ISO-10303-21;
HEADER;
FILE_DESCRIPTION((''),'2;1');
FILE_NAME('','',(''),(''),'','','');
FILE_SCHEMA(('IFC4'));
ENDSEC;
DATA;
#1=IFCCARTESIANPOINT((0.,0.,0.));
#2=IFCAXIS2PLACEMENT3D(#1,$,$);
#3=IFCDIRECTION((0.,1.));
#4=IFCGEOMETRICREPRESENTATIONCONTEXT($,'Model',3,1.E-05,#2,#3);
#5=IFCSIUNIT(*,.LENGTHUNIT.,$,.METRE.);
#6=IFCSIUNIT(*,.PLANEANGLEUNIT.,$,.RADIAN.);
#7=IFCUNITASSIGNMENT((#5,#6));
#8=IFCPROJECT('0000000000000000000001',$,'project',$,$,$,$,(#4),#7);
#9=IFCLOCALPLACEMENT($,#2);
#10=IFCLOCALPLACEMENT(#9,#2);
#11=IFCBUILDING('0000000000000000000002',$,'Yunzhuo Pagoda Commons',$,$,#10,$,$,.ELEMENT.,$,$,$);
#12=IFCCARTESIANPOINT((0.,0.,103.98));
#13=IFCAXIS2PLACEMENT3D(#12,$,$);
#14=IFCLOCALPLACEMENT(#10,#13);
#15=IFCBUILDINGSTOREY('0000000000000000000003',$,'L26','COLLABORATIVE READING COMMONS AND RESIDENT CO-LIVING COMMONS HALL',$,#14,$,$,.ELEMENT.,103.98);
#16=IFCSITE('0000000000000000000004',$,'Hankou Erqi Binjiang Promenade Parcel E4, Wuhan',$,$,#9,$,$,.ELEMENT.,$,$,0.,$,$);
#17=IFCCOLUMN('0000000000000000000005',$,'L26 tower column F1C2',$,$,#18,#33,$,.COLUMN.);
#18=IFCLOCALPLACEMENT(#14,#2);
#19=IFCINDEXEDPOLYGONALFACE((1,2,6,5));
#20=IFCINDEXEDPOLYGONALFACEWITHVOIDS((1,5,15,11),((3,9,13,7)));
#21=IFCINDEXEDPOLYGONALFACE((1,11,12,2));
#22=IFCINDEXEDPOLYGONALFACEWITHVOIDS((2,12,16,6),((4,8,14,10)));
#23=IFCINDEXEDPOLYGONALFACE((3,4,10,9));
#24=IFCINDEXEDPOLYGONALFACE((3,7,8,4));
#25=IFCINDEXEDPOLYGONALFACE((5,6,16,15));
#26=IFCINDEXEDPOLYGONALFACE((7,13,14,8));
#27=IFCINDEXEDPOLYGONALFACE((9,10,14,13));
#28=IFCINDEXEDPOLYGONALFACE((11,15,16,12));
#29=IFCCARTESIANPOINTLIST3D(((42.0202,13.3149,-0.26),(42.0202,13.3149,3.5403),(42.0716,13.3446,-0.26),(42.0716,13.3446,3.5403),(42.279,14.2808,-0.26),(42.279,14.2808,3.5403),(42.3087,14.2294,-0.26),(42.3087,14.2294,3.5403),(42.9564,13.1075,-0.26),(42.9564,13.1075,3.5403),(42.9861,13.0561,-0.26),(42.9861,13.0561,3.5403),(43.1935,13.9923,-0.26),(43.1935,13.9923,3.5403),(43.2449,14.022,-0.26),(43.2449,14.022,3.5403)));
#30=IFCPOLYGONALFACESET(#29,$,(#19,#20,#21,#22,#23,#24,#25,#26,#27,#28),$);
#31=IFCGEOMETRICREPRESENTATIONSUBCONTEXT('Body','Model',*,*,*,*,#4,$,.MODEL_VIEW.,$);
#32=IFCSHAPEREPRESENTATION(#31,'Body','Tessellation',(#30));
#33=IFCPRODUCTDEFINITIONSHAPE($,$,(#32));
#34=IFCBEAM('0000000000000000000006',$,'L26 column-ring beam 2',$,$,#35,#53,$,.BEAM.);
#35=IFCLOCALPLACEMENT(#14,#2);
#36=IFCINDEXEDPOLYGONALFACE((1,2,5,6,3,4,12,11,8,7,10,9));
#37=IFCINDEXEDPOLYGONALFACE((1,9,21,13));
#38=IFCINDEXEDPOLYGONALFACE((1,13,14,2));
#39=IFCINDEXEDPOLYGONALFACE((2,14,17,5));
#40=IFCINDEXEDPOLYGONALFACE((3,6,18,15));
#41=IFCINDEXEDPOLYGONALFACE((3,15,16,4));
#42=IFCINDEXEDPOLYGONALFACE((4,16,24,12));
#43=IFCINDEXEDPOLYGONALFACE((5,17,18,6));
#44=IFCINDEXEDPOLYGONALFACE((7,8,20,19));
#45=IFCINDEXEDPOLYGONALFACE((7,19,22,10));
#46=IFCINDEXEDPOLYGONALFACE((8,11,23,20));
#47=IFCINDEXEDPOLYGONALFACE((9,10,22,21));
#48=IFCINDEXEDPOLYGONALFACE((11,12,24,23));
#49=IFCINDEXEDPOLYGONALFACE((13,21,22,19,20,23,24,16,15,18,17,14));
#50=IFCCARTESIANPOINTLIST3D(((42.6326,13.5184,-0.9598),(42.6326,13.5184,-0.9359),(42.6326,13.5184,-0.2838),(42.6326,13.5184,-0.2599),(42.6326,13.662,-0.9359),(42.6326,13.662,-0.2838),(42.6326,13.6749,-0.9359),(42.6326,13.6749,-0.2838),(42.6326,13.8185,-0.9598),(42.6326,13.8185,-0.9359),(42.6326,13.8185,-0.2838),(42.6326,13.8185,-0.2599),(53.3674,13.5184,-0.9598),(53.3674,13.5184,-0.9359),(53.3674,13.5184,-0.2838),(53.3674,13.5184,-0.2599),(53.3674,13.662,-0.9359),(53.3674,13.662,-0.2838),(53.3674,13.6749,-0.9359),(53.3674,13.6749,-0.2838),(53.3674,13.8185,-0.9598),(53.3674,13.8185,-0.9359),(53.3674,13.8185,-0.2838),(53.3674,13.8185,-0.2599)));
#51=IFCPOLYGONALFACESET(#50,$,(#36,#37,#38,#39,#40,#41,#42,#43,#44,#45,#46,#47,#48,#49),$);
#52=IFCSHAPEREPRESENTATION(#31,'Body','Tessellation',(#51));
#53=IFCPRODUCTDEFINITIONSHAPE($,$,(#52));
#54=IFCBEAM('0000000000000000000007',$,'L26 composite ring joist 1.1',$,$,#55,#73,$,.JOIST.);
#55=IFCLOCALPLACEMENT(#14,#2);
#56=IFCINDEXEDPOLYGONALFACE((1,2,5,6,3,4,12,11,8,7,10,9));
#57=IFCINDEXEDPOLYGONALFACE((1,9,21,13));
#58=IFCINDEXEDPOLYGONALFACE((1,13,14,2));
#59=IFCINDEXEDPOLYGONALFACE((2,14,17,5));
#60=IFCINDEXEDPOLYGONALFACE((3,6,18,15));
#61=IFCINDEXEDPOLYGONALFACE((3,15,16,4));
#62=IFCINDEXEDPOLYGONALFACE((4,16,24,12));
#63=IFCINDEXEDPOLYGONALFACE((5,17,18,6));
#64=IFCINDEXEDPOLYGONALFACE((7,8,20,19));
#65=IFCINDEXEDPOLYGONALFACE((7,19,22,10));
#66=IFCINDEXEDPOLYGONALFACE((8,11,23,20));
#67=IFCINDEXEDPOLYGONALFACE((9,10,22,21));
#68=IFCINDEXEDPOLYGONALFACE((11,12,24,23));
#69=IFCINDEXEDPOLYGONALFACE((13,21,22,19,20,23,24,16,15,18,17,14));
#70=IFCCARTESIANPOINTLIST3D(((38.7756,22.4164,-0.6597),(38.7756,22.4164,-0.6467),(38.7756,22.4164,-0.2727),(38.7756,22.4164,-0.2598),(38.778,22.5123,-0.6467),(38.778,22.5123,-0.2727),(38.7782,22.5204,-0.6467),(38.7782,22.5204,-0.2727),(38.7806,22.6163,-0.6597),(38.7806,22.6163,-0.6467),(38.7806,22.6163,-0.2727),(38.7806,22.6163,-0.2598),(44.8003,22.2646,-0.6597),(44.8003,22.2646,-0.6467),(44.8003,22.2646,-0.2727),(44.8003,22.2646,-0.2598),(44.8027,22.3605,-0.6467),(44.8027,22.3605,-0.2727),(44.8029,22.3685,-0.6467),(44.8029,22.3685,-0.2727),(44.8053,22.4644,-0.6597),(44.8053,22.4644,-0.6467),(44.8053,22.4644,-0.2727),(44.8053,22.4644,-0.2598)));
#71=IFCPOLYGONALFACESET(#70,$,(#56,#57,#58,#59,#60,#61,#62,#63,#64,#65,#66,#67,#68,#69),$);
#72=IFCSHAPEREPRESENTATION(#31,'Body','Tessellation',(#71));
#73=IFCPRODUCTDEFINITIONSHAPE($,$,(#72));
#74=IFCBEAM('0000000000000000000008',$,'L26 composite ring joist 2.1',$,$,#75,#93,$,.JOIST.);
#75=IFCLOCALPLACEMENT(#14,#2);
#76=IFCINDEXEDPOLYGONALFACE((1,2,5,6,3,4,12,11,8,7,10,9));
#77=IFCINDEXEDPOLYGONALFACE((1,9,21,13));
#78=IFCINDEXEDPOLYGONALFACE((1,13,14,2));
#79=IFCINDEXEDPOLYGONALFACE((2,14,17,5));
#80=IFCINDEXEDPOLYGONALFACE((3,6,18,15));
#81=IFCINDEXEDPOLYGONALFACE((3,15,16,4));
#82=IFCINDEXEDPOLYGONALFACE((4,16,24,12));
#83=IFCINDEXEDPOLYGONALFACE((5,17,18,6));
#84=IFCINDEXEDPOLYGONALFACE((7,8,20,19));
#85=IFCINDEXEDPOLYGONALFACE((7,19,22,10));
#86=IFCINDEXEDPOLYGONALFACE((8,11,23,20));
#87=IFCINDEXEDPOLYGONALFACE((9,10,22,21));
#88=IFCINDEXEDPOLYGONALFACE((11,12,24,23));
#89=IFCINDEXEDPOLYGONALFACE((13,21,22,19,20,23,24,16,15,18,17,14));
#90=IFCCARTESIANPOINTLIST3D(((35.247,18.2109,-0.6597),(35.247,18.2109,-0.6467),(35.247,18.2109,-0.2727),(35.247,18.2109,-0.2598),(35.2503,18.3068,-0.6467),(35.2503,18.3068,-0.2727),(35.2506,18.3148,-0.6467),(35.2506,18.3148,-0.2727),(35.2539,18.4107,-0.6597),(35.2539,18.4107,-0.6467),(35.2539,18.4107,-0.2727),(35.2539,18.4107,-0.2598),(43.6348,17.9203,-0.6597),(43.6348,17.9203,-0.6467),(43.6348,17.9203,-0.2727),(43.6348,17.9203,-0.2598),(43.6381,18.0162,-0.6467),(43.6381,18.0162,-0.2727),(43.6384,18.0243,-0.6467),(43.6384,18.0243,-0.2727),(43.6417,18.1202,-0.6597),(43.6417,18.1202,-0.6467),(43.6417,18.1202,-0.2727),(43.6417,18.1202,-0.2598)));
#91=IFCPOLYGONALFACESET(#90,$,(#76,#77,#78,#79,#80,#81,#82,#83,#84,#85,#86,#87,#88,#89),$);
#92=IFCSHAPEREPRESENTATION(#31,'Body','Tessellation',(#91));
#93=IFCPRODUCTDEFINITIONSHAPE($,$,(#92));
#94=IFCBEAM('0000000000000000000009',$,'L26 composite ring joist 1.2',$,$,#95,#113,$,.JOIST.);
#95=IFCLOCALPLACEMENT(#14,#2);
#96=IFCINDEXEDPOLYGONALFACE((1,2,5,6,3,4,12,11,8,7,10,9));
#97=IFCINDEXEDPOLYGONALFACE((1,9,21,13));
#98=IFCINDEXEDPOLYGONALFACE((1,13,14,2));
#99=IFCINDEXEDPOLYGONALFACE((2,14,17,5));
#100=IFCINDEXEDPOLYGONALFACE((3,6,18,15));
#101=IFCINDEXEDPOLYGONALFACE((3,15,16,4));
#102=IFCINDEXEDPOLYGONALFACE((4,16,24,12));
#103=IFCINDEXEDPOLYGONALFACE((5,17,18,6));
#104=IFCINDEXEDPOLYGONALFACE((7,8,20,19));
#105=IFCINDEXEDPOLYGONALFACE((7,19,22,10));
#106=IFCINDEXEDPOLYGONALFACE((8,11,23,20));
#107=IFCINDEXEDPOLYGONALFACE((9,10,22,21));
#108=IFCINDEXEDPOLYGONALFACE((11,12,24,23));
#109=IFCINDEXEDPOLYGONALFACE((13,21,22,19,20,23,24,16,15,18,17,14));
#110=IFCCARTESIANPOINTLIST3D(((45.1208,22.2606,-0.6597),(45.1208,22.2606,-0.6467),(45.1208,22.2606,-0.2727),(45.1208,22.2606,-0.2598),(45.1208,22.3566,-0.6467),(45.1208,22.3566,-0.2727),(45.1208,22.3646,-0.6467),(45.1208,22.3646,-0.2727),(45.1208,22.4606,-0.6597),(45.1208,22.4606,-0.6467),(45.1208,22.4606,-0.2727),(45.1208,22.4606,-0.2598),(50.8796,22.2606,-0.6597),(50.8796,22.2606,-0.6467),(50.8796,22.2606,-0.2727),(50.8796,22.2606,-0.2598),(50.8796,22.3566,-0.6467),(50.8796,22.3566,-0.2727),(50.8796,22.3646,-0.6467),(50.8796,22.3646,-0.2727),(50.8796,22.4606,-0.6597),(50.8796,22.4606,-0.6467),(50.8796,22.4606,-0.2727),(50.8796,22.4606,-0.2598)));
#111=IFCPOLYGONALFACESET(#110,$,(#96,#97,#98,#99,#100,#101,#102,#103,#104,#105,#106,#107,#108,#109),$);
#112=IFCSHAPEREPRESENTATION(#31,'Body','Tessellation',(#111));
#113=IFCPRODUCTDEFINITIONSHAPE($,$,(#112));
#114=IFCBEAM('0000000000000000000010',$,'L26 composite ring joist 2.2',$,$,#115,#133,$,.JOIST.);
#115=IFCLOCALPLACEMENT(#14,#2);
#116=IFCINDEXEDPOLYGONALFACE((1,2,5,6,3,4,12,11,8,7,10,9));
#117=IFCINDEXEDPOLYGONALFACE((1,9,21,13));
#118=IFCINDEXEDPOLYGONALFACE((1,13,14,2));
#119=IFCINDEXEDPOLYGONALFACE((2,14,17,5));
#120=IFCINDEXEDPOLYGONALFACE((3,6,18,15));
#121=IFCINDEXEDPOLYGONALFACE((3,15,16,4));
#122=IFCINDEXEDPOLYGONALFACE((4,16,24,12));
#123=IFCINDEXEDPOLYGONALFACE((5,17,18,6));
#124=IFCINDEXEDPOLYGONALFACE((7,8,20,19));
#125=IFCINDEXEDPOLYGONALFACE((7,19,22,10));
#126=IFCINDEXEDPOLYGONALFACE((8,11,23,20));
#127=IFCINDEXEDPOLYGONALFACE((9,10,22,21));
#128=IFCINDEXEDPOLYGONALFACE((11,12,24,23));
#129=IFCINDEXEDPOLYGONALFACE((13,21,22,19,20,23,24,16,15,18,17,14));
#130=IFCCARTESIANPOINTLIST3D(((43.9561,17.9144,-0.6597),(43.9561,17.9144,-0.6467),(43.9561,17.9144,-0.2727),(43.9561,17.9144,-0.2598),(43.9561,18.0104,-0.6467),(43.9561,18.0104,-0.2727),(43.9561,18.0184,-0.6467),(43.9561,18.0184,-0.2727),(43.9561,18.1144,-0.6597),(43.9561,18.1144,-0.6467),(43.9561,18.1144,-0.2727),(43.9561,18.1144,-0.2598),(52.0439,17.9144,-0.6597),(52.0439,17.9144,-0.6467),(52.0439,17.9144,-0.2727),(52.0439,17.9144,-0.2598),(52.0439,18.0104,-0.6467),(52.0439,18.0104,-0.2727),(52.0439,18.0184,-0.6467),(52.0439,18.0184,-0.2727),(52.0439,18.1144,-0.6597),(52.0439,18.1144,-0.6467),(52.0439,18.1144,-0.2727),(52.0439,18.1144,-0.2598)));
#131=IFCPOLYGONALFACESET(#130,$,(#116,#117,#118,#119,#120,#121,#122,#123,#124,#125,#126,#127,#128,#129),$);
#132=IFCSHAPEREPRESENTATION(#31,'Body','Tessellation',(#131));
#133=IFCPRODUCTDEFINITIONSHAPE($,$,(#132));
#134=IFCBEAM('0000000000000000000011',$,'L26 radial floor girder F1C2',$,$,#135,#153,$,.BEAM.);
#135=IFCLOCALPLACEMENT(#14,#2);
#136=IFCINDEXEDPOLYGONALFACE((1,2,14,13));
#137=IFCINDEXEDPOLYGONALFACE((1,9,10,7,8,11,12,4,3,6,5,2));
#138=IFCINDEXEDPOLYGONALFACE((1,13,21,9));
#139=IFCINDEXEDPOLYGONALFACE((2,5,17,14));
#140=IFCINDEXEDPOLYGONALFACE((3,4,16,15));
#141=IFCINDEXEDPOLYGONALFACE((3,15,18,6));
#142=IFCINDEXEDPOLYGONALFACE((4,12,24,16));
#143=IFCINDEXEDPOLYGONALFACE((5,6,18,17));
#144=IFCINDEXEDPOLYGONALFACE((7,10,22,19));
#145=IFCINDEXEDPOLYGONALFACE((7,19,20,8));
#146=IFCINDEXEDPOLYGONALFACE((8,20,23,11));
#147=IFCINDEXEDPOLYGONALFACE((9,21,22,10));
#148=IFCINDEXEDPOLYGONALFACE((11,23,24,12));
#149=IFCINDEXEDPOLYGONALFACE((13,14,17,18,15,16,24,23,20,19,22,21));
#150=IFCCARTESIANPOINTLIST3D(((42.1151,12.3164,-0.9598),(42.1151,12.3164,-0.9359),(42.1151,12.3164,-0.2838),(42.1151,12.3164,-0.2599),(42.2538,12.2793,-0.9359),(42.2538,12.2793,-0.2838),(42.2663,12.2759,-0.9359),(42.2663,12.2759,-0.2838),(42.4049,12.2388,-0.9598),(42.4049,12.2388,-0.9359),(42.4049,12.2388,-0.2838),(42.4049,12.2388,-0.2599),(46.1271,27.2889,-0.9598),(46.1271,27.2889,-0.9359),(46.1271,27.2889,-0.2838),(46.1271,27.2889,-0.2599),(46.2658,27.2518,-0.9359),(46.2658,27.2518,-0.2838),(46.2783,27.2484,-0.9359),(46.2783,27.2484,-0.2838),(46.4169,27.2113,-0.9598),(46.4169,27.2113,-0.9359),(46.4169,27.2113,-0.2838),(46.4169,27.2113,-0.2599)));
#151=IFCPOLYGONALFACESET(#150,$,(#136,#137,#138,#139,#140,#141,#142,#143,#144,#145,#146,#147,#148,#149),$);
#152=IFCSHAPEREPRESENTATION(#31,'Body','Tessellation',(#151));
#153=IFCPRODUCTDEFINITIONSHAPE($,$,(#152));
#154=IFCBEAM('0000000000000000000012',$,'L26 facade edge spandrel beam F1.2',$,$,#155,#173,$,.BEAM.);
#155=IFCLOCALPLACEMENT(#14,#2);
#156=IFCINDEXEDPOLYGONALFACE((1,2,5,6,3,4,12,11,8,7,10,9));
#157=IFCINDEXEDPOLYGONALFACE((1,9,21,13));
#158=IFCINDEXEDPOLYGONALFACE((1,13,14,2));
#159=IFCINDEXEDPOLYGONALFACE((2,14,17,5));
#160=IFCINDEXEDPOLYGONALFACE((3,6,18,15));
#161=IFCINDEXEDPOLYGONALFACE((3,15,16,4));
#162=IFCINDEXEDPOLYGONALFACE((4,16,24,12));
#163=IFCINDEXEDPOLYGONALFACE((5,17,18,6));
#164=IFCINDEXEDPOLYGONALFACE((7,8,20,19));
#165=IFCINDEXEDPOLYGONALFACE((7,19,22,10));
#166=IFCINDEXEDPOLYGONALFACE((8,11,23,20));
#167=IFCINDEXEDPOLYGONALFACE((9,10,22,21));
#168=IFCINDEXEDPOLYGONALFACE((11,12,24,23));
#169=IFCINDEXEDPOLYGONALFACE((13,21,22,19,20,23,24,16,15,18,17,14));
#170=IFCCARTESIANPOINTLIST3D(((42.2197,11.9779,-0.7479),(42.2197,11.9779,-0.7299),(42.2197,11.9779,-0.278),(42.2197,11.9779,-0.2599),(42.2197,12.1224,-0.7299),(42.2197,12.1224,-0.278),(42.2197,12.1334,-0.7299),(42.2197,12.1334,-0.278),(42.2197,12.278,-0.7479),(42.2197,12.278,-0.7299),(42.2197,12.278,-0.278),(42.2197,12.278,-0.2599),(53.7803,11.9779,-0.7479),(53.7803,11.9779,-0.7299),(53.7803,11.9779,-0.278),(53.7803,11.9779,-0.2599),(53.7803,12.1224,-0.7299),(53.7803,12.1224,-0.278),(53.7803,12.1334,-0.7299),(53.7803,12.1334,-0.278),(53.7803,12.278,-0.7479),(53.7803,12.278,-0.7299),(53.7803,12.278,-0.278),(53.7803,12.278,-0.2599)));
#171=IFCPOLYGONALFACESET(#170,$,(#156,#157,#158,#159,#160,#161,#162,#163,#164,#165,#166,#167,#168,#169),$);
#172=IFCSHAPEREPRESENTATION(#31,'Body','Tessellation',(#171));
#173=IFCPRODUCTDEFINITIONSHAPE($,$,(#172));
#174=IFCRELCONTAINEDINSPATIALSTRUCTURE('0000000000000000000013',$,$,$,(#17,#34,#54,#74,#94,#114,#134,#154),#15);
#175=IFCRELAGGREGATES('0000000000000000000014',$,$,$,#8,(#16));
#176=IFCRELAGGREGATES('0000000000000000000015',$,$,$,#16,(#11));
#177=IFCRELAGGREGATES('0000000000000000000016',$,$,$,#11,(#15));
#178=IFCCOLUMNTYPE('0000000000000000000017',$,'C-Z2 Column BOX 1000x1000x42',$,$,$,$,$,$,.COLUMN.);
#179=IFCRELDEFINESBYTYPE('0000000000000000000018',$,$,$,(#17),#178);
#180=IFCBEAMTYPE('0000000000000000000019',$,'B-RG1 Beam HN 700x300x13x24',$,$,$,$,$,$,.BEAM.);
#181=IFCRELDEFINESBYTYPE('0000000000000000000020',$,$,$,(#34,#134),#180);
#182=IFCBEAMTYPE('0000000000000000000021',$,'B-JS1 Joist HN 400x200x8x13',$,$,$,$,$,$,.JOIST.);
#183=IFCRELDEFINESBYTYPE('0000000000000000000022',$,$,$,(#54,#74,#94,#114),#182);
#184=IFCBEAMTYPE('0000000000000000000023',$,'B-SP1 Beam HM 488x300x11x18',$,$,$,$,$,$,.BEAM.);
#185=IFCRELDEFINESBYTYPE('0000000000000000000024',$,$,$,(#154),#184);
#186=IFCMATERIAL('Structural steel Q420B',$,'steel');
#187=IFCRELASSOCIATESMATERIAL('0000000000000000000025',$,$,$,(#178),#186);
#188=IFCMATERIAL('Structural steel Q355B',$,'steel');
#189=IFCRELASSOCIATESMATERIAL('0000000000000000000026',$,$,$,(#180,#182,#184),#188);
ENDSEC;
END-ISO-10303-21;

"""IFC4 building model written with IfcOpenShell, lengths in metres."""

from ifc_helpers import new_model, si_unit, direction, frame, origin, origin_2d, place, context, subcontext, project, spatial, hollow_rectangle, i_section, extrude, source, transform, mapped, material, material_profile, profile_set, type_object, element, save


model = new_model("IFC4")

# Units and contexts
model_context = context("Model", 3, precision=1e-05, world=origin(), true_north=direction((0.0, 1.0)))
body_context = subcontext(model_context, "Body", "Model", "MODEL_VIEW")
ifc_project = project(units=[si_unit("LENGTHUNIT", "METRE"), si_unit("PLANEANGLEUNIT", "RADIAN")], contexts=[model_context])

# Site, building, storey
site_placement = place(None, origin())
site = spatial("IfcSite", under=ifc_project, at=site_placement, Name="Hankou Erqi Binjiang Promenade Parcel E4, Wuhan", CompositionType="ELEMENT", RefElevation=0.0)
building_placement = place(site_placement, origin())
building = spatial("IfcBuilding", under=site, at=building_placement, Name="Yunzhuo Pagoda Commons", CompositionType="ELEMENT")
storey_placement = place(building_placement, frame((0.0, 0.0, 103.98)))
storey = spatial("IfcBuildingStorey", under=building, at=storey_placement, Name="L26", Description="COLLABORATIVE READING COMMONS AND RESIDENT CO-LIVING COMMONS HALL", CompositionType="ELEMENT", Elevation=103.98)

# Column
ifc_material_1 = material(Name="Structural steel Q420B", Category="steel")
ifc_material_profile_1 = material_profile(ifc_material_1, hollow_rectangle(XDim=1.0, YDim=1.0, WallThickness=0.042, at=origin_2d()), Name="Structural steel Q420B")
ifc_profile_set_1 = profile_set([ifc_material_profile_1], Name="Structural steel Q420B")
column_type = type_object("IfcColumnType", Name="C-Z2 Column BOX 1000x1000x42", PredefinedType="COLUMN", material=ifc_profile_set_1)
shared_shape_1 = source(origin(), body_context, "Body", "SweptSolid", [
    extrude(hollow_rectangle(XDim=1.0, YDim=1.0, WallThickness=0.042, at=origin_2d()), origin(), (0.0, 0.0, 1.0), 3.8003),
])
column_placement = place(storey_placement, frame((42.6326, 13.6685, -0.26), z_axis=(0.0, 0.0, 1.0), x_axis=(0.965926, -0.258819, 0.0)))
element("IfcColumn", 1, at=column_placement, inside=storey, type_object=column_type, Name="L26 tower column F1C2", PredefinedType="COLUMN", context=body_context, shape_type="MappedRepresentation", body=[
    mapped(shared_shape_1, transform((0.0, 0.0, 0.0), scale=1.0)),
])

# Beams
ifc_material_2 = material(Name="Structural steel Q355B", Category="steel")
ifc_material_profile_2 = material_profile(ifc_material_2, i_section(OverallWidth=0.3, OverallDepth=0.7, WebThickness=0.0129, FlangeThickness=0.0239, at=origin_2d()), Name="Structural steel Q355B")
ifc_profile_set_2 = profile_set([ifc_material_profile_2], Name="Structural steel Q355B")
beam_type_1 = type_object("IfcBeamType", Name="B-RG1 Beam HN 700x300x13x24", PredefinedType="BEAM", material=ifc_profile_set_2)
shared_shape_2 = source(origin(), body_context, "Body", "SweptSolid", [
    extrude(i_section(OverallWidth=0.3, OverallDepth=0.7, WebThickness=0.0129, FlangeThickness=0.0239, at=origin_2d()), origin(), (0.0, 0.0, 1.0), 10.7349),
])
beam_1_placement = place(storey_placement, frame((42.6326, 13.6685, -0.6099), z_axis=(1.0, 0.0, 0.0), x_axis=(0.0, 1.0, 0.0)))
element("IfcBeam", 2, at=beam_1_placement, inside=storey, type_object=beam_type_1, Name="L26 column-ring beam 2", PredefinedType="BEAM", context=body_context, shape_type="MappedRepresentation", body=[
    mapped(shared_shape_2, transform((0.0, 0.0, 0.0), scale=1.0)),
])
ifc_material_profile_3 = material_profile(ifc_material_2, i_section(OverallWidth=0.2, OverallDepth=0.3999, WebThickness=0.0081, FlangeThickness=0.0129, at=origin_2d()), Name="Structural steel Q355B")
ifc_profile_set_3 = profile_set([ifc_material_profile_3], Name="Structural steel Q355B")
beam_type_2 = type_object("IfcBeamType", Name="B-JS1 Joist HN 400x200x8x13", PredefinedType="JOIST", material=ifc_profile_set_3)
shared_shape_3 = source(origin(), body_context, "Body", "SweptSolid", [
    extrude(i_section(OverallWidth=0.2, OverallDepth=0.3999, WebThickness=0.0081, FlangeThickness=0.0129, at=origin_2d()), origin(), (0.0, 0.0, 1.0), 6.0266),
])
beam_2_placement = place(storey_placement, frame((38.7781, 22.5164, -0.4597), z_axis=(0.999682, -0.025198, 0.0), x_axis=(0.025198, 0.999682, 0.0)))
element("IfcBeam", 3, at=beam_2_placement, inside=storey, type_object=beam_type_2, Name="L26 composite ring joist 1.1", PredefinedType="JOIST", context=body_context, shape_type="MappedRepresentation", body=[
    mapped(shared_shape_3, transform((0.0, 0.0, 0.0), scale=1.0)),
])
shared_shape_4 = source(origin(), body_context, "Body", "SweptSolid", [
    extrude(i_section(OverallWidth=0.2, OverallDepth=0.3999, WebThickness=0.0081, FlangeThickness=0.0129, at=origin_2d()), origin(), (0.0, 0.0, 1.0), 8.3928),
])
beam_3_placement = place(storey_placement, frame((35.2505, 18.3108, -0.4597), z_axis=(0.999401, -0.034617, 0.0), x_axis=(0.034617, 0.999401, 0.0)))
element("IfcBeam", 4, at=beam_3_placement, inside=storey, type_object=beam_type_2, Name="L26 composite ring joist 2.1", PredefinedType="JOIST", context=body_context, shape_type="MappedRepresentation", body=[
    mapped(shared_shape_4, transform((0.0, 0.0, 0.0), scale=1.0)),
])
shared_shape_5 = source(origin(), body_context, "Body", "SweptSolid", [
    extrude(i_section(OverallWidth=0.2, OverallDepth=0.3999, WebThickness=0.0081, FlangeThickness=0.0129, at=origin_2d()), origin(), (0.0, 0.0, 1.0), 5.7588),
])
beam_4_placement = place(storey_placement, frame((45.1208, 22.3606, -0.4597), z_axis=(1.0, 0.0, 0.0), x_axis=(0.0, 1.0, 0.0)))
element("IfcBeam", 5, at=beam_4_placement, inside=storey, type_object=beam_type_2, Name="L26 composite ring joist 1.2", PredefinedType="JOIST", context=body_context, shape_type="MappedRepresentation", body=[
    mapped(shared_shape_5, transform((0.0, 0.0, 0.0), scale=1.0)),
])
shared_shape_6 = source(origin(), body_context, "Body", "SweptSolid", [
    extrude(i_section(OverallWidth=0.2, OverallDepth=0.3999, WebThickness=0.0081, FlangeThickness=0.0129, at=origin_2d()), origin(), (0.0, 0.0, 1.0), 8.0879),
])
beam_5_placement = place(storey_placement, frame((43.9561, 18.0144, -0.4597), z_axis=(1.0, 0.0, 0.0), x_axis=(0.0, 1.0, 0.0)))
element("IfcBeam", 6, at=beam_5_placement, inside=storey, type_object=beam_type_2, Name="L26 composite ring joist 2.2", PredefinedType="JOIST", context=body_context, shape_type="MappedRepresentation", body=[
    mapped(shared_shape_6, transform((0.0, 0.0, 0.0), scale=1.0)),
])
shared_shape_7 = source(origin(), body_context, "Body", "SweptSolid", [
    extrude(i_section(OverallWidth=0.3, OverallDepth=0.7, WebThickness=0.0129, FlangeThickness=0.0239, at=origin_2d()), origin(), (0.0, 0.0, 1.0), 15.5007),
])
beam_6_placement = place(storey_placement, frame((42.26, 12.2776, -0.6099), z_axis=(0.258826, 0.965924, 0.0), x_axis=(-0.965924, 0.258826, 0.0)))
element("IfcBeam", 7, at=beam_6_placement, inside=storey, type_object=beam_type_1, Name="L26 radial floor girder F1C2", PredefinedType="BEAM", context=body_context, shape_type="MappedRepresentation", body=[
    mapped(shared_shape_7, transform((0.0, 0.0, 0.0), scale=1.0)),
])
ifc_material_profile_4 = material_profile(ifc_material_2, i_section(OverallWidth=0.3, OverallDepth=0.488, WebThickness=0.011, FlangeThickness=0.0181, at=origin_2d()), Name="Structural steel Q355B")
ifc_profile_set_4 = profile_set([ifc_material_profile_4], Name="Structural steel Q355B")
beam_type_3 = type_object("IfcBeamType", Name="B-SP1 Beam HM 488x300x11x18", PredefinedType="BEAM", material=ifc_profile_set_4)
shared_shape_8 = source(origin(), body_context, "Body", "SweptSolid", [
    extrude(i_section(OverallWidth=0.3, OverallDepth=0.488, WebThickness=0.011, FlangeThickness=0.0181, at=origin_2d()), origin(), (0.0, 0.0, 1.0), 11.5605),
])
beam_7_placement = place(storey_placement, frame((42.2197, 12.1279, -0.5039), z_axis=(1.0, 0.0, 0.0), x_axis=(0.0, 1.0, 0.0)))
element("IfcBeam", 8, at=beam_7_placement, inside=storey, type_object=beam_type_3, Name="L26 facade edge spandrel beam F1.2", PredefinedType="BEAM", context=body_context, shape_type="MappedRepresentation", body=[
    mapped(shared_shape_8, transform((0.0, 0.0, 0.0), scale=1.0)),
])

save(model, "model.ifc")
